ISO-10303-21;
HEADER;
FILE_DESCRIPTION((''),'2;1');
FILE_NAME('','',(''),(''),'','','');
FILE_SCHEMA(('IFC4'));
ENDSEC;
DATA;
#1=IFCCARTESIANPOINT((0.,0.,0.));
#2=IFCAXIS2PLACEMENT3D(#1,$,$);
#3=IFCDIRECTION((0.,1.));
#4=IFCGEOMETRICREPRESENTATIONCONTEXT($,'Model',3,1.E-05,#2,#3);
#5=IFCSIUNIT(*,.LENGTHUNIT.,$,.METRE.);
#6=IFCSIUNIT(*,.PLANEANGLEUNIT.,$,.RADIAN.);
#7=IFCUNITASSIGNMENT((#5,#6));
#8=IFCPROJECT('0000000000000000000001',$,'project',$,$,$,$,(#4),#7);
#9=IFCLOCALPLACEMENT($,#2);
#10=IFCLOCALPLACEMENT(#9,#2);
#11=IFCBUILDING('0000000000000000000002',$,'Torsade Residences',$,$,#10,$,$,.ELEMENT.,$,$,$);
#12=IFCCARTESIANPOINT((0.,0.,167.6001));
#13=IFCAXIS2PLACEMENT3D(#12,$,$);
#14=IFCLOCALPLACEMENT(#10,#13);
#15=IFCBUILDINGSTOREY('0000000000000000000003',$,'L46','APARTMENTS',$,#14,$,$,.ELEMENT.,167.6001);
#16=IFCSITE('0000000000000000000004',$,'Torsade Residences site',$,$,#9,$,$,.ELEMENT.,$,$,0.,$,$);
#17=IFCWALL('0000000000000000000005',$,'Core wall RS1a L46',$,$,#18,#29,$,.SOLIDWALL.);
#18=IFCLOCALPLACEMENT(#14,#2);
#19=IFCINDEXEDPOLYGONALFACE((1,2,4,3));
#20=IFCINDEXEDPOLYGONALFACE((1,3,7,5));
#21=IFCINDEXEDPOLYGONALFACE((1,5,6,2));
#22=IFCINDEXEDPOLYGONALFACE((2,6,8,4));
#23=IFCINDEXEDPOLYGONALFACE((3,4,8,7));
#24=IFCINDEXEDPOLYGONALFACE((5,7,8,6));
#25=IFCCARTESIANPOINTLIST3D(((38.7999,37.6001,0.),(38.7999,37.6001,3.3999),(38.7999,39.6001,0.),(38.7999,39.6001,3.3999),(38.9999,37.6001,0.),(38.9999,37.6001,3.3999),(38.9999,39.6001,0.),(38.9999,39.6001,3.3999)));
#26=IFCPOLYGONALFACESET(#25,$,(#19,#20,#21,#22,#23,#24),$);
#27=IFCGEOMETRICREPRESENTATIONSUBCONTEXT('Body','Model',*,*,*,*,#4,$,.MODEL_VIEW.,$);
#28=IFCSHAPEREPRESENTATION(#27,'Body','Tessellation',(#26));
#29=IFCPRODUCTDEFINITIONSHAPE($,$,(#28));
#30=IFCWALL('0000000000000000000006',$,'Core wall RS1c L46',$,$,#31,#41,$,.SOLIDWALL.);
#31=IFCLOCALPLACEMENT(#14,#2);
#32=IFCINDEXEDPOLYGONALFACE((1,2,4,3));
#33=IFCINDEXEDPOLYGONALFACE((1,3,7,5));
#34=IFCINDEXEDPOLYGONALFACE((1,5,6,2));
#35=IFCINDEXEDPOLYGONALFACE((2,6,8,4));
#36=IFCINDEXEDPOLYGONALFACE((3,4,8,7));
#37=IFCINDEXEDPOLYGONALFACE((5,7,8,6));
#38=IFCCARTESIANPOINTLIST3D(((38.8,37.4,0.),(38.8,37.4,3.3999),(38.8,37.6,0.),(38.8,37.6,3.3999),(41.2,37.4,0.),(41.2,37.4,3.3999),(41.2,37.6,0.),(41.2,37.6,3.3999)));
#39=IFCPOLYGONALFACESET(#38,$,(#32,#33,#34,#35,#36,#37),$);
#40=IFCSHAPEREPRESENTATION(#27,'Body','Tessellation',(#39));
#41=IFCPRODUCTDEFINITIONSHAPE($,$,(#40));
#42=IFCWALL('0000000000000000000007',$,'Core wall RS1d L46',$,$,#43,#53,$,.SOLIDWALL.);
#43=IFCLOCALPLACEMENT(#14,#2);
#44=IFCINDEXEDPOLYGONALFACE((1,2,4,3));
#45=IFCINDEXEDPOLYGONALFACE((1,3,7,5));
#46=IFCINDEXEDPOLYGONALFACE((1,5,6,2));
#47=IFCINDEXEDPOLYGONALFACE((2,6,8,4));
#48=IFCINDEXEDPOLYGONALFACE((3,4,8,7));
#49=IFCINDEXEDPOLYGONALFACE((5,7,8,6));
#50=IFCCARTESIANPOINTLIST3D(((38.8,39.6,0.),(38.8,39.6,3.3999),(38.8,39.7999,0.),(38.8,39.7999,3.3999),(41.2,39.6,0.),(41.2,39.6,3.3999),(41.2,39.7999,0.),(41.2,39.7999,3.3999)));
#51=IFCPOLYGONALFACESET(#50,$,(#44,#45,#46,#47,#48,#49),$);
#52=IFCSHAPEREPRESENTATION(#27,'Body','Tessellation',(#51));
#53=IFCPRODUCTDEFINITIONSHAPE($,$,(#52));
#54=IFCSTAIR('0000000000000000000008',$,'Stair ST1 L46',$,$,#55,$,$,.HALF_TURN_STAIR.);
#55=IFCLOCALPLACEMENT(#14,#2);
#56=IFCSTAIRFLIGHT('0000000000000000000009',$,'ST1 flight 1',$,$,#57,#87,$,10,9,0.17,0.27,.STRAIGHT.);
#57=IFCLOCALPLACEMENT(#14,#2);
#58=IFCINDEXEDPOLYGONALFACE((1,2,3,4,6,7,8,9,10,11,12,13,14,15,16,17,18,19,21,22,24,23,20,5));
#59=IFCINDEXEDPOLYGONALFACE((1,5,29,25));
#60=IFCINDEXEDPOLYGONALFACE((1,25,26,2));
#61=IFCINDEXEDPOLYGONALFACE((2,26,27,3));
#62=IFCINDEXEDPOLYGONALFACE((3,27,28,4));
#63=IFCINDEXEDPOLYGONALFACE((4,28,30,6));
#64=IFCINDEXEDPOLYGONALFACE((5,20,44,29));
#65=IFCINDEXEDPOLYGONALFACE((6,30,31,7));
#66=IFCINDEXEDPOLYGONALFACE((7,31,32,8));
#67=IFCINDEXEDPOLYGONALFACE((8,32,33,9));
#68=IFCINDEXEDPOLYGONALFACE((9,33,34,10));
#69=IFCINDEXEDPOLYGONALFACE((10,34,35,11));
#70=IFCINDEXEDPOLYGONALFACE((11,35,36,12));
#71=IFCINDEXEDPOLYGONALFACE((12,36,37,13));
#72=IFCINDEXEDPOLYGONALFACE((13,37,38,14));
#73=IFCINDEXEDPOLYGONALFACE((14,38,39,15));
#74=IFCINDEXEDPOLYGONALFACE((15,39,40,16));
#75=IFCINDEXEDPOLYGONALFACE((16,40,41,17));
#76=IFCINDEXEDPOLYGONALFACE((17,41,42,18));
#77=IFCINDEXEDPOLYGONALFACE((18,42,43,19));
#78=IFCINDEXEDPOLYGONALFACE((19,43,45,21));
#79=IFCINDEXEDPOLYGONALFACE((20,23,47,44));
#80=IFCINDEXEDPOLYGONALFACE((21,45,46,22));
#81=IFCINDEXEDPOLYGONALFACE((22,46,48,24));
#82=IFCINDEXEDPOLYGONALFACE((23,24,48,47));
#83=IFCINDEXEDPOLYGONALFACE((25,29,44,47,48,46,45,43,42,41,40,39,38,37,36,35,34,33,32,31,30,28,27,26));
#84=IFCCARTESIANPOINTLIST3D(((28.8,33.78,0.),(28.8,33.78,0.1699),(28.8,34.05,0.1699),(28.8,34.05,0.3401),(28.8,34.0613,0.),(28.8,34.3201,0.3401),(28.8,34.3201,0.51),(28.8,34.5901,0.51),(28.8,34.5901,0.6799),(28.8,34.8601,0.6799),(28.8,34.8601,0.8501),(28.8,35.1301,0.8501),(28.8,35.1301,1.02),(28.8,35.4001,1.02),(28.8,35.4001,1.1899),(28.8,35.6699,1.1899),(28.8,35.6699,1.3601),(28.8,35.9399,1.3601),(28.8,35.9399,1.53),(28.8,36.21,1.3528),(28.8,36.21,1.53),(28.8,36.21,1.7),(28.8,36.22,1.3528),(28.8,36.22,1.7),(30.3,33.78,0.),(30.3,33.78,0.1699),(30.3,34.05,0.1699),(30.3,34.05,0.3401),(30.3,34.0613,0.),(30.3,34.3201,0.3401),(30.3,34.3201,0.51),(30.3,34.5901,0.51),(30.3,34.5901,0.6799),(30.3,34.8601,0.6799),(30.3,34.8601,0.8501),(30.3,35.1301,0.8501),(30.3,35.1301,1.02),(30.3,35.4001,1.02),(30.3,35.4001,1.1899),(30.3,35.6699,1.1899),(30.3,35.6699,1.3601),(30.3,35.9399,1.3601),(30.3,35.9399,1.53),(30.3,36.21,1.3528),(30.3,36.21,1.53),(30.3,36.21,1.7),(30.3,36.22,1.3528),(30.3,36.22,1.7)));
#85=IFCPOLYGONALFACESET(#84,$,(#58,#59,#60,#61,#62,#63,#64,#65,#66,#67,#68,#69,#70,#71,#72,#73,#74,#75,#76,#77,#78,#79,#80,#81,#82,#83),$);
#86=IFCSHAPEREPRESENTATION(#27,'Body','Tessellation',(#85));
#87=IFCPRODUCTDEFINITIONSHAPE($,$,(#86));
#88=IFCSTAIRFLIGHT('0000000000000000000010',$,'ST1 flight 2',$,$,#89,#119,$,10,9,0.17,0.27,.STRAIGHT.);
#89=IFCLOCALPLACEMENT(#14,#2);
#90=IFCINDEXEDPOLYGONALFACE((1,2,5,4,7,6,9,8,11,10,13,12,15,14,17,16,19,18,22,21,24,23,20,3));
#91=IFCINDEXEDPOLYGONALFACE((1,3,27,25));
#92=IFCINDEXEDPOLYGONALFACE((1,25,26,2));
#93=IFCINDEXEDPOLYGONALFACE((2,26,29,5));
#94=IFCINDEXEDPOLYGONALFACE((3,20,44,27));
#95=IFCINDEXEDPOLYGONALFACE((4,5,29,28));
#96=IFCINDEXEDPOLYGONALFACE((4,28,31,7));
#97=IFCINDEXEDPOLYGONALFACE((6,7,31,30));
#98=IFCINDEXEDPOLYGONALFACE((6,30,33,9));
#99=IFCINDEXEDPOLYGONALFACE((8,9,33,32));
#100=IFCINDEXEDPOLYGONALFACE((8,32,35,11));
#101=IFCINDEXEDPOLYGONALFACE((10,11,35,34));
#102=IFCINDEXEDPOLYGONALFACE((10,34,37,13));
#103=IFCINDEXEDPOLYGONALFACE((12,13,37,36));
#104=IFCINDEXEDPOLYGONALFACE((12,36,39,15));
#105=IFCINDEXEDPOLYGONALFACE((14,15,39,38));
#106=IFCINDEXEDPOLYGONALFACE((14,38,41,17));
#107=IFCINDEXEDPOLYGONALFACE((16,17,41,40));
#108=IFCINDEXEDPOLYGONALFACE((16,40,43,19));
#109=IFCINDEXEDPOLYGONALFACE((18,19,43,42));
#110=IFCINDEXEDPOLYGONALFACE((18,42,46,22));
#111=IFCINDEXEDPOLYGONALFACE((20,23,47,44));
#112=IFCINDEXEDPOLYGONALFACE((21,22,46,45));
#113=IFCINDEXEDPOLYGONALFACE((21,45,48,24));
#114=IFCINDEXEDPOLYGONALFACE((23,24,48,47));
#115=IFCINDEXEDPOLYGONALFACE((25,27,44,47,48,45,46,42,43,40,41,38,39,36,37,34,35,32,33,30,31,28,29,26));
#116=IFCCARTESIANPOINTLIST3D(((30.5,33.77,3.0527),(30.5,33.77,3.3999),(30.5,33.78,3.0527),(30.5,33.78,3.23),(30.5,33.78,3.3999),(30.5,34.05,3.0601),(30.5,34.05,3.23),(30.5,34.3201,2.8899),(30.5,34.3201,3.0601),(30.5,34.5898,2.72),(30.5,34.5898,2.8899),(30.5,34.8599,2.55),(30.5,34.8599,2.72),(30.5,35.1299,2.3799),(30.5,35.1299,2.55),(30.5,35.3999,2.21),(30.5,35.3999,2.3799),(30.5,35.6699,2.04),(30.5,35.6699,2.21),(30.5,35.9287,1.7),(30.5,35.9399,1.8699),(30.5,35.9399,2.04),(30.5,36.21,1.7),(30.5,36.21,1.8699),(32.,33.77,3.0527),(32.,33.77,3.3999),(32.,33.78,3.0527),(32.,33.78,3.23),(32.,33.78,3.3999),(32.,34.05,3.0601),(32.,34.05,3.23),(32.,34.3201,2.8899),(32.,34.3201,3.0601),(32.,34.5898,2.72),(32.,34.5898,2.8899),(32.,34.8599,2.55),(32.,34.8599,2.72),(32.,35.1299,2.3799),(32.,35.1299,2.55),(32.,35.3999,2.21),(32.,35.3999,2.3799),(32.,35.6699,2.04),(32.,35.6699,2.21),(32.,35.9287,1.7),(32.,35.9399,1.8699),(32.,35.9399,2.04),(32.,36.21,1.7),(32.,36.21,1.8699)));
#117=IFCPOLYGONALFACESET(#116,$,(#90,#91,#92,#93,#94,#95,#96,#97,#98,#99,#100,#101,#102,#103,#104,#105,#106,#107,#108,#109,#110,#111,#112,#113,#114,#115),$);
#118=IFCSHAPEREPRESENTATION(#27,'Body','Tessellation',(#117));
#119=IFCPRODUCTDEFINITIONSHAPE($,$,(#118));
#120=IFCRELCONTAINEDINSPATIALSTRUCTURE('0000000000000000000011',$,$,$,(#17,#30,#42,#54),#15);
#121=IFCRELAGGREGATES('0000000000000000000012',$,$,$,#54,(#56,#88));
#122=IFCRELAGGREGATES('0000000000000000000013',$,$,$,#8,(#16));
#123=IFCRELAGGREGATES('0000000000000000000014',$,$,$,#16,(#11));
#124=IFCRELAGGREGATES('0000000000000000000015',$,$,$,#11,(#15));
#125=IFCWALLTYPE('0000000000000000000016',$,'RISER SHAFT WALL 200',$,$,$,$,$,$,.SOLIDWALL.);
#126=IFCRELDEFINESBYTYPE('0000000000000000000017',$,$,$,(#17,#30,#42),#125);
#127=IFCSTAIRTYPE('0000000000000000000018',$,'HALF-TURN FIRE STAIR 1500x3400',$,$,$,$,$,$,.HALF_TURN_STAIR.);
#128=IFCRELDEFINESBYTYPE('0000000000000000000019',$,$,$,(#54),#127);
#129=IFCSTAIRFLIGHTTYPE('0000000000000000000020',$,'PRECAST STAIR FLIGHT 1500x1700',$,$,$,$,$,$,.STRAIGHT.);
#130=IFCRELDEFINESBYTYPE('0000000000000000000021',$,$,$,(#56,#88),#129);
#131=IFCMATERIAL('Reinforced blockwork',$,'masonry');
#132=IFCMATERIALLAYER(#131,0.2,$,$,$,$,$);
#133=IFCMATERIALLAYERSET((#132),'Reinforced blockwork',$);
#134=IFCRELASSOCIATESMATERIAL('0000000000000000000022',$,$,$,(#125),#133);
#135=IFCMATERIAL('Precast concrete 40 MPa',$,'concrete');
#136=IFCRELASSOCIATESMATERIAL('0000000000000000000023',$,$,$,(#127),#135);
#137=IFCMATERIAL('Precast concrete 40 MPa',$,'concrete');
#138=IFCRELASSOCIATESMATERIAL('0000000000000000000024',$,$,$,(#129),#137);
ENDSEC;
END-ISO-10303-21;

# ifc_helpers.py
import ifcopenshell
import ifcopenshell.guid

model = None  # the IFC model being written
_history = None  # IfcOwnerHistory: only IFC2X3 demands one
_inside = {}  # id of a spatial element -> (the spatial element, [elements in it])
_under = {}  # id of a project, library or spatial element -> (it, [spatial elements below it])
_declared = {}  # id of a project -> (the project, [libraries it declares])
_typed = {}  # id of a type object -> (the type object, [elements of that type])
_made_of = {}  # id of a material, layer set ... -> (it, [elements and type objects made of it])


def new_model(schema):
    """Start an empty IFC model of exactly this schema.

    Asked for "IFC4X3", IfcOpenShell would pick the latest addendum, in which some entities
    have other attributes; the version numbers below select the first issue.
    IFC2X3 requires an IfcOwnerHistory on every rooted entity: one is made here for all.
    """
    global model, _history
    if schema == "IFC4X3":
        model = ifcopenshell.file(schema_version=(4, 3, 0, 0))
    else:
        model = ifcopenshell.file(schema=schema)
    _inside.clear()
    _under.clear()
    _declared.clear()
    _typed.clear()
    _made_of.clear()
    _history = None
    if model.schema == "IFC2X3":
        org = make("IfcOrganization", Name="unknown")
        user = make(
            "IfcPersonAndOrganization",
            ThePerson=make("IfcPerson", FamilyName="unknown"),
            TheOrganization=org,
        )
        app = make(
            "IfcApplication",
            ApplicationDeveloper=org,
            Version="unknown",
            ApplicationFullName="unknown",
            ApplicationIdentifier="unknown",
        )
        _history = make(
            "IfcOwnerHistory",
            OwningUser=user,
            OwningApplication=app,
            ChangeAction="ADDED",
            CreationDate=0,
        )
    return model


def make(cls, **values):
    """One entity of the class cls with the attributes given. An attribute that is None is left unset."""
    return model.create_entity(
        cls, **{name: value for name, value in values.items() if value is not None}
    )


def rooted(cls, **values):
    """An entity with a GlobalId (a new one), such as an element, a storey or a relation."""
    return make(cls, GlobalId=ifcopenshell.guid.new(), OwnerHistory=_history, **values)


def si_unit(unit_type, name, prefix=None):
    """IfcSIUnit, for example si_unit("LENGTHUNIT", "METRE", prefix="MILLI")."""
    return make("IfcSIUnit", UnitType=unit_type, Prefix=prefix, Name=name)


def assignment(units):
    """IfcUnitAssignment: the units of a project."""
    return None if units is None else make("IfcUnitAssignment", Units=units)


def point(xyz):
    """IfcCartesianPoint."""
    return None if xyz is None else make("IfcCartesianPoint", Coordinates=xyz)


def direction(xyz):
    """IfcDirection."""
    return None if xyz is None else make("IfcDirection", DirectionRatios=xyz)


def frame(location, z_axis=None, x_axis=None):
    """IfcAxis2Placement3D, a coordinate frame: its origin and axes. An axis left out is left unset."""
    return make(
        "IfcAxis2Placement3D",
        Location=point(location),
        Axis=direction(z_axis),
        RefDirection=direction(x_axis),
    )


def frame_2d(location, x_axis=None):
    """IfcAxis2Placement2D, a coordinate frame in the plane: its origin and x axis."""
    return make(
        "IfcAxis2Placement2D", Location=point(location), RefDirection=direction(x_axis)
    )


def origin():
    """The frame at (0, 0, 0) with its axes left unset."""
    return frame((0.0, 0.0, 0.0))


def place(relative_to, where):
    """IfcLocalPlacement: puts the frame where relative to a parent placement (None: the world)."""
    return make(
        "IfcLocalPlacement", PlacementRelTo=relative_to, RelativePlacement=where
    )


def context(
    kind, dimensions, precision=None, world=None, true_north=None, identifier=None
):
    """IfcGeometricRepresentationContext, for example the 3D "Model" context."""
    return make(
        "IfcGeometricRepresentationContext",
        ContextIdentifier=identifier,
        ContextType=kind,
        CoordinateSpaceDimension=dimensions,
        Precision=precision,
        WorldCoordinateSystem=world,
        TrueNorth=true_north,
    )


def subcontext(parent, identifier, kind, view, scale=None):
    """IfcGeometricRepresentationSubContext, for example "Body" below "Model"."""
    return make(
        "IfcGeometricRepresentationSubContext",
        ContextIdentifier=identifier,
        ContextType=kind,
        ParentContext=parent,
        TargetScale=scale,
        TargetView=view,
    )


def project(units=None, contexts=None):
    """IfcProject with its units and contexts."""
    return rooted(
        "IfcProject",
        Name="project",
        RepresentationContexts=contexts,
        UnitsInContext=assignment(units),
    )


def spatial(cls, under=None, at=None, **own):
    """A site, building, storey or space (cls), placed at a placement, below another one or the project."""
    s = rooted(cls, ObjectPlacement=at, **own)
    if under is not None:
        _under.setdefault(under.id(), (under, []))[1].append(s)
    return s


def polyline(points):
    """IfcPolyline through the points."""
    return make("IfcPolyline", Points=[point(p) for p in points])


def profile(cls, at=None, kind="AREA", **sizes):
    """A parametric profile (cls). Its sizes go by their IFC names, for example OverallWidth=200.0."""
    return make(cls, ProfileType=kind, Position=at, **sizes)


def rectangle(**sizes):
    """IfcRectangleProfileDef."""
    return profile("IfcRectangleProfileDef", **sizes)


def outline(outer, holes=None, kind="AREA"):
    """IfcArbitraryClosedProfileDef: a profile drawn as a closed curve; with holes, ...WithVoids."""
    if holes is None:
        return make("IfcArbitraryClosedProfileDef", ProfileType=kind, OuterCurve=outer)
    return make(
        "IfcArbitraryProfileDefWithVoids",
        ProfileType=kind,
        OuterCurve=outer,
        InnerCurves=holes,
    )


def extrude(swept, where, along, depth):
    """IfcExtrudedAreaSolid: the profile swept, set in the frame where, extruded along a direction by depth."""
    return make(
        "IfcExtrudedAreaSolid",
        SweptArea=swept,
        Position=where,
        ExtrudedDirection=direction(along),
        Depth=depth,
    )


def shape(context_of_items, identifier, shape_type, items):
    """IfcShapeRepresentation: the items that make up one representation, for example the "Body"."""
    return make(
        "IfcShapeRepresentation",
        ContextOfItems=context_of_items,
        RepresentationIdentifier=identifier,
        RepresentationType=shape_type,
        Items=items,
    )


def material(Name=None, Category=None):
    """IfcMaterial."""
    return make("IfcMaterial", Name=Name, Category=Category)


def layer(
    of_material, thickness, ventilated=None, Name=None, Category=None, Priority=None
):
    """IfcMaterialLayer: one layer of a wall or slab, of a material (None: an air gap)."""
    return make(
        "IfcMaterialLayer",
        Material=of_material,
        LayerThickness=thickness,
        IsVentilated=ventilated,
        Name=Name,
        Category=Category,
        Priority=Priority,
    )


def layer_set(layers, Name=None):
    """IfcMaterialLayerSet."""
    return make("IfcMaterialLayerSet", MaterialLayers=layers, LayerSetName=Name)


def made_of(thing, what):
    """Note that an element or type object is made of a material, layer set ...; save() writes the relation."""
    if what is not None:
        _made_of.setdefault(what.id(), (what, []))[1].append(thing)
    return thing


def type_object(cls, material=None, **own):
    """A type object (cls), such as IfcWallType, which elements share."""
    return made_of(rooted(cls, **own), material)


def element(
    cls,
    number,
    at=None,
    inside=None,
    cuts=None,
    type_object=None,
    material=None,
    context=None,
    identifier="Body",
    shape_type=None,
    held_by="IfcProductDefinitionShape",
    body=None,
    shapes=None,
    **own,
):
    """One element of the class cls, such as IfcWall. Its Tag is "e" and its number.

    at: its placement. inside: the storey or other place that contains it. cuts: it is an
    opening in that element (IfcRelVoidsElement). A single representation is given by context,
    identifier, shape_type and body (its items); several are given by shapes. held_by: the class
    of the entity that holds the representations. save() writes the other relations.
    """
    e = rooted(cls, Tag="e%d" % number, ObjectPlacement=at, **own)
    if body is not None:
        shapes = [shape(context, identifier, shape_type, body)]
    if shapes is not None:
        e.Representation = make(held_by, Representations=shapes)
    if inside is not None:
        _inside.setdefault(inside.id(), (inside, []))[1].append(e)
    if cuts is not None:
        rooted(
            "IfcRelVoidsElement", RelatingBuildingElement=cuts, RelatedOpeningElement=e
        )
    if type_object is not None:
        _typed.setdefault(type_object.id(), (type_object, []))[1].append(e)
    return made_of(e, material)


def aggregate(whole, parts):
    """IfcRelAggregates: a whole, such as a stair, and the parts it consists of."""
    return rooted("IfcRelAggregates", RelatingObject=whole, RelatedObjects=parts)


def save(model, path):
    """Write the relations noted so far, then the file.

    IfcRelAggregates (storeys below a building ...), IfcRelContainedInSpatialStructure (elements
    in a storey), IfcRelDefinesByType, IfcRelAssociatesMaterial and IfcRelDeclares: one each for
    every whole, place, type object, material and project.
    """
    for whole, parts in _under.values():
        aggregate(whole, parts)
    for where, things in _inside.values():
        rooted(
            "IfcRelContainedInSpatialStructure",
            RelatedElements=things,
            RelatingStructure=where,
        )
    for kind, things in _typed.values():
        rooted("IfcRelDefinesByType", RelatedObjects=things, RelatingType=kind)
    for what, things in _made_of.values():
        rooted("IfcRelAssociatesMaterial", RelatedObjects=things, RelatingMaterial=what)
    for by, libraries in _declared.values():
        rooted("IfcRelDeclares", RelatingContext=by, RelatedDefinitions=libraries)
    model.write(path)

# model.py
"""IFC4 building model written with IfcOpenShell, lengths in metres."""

from ifc_helpers import new_model, si_unit, direction, frame, frame_2d, origin, place, context, subcontext, project, spatial, polyline, rectangle, outline, extrude, material, layer, layer_set, type_object, element, aggregate, save


model = new_model("IFC4")

# Units and contexts
model_context = context("Model", 3, precision=1e-05, world=origin(), true_north=direction((0.0, 1.0)))
body_context = subcontext(model_context, "Body", "Model", "MODEL_VIEW")
ifc_project = project(units=[si_unit("LENGTHUNIT", "METRE"), si_unit("PLANEANGLEUNIT", "RADIAN")], contexts=[model_context])

# Site, building, storey
site_placement = place(None, origin())
site = spatial("IfcSite", under=ifc_project, at=site_placement, Name="Torsade Residences site", CompositionType="ELEMENT", RefElevation=0.0)
building_placement = place(site_placement, origin())
building = spatial("IfcBuilding", under=site, at=building_placement, Name="Torsade Residences", CompositionType="ELEMENT")
storey_placement = place(building_placement, frame((0.0, 0.0, 167.6001)))
storey = spatial("IfcBuildingStorey", under=building, at=storey_placement, Name="L46", Description="APARTMENTS", CompositionType="ELEMENT", Elevation=167.6001)

# Walls
ifc_material_1 = material(Name="Reinforced blockwork", Category="masonry")
ifc_layer_1 = layer(ifc_material_1, 0.2)
ifc_layer_set_1 = layer_set([ifc_layer_1], Name="Reinforced blockwork")
wall_type_1 = type_object("IfcWallType", Name="RISER SHAFT WALL 200", PredefinedType="SOLIDWALL", material=ifc_layer_set_1)
wall_1_placement = place(storey_placement, frame((38.8999, 37.6001, 0.0), z_axis=(0.0, 0.0, 1.0), x_axis=(0.0, 1.0, 0.0)))
element("IfcWall", 1, at=wall_1_placement, inside=storey, type_object=wall_type_1, Name="Core wall RS1a L46", PredefinedType="SOLIDWALL", context=body_context, shape_type="SweptSolid", body=[
    extrude(rectangle(XDim=2.0, YDim=0.2, at=frame_2d((1.0, 0.0))), origin(), (0.0, 0.0, 1.0), 3.3999),
])
for number, where, z_axis, x_axis, name in (
    (2, (38.8, 37.5, 0.0), (0.0, 0.0, 1.0), (1.0, 0.0, 0.0), "Core wall RS1c L46"),
    (3, (38.8, 39.7, 0.0), (0.0, 0.0, 1.0), (1.0, 0.0, 0.0), "Core wall RS1d L46"),
):
    element("IfcWall", number, at=place(storey_placement, frame(where, z_axis=z_axis, x_axis=x_axis)), inside=storey, type_object=wall_type_1, Name=name, PredefinedType="SOLIDWALL", context=body_context, shape_type="SweptSolid", body=[
        extrude(rectangle(XDim=2.3999, YDim=0.2, at=frame_2d((1.2, 0.0))), origin(), (0.0, 0.0, 1.0), 3.3999),
    ])

# Stair, stair flights
ifc_material_2 = material(Name="Precast concrete 40 MPa", Category="concrete")
stair_type = type_object("IfcStairType", Name="HALF-TURN FIRE STAIR 1500x3400", PredefinedType="HALF_TURN_STAIR", material=ifc_material_2)
stair_placement = place(storey_placement, origin())
stair = element("IfcStair", 4, at=stair_placement, inside=storey, type_object=stair_type, Name="Stair ST1 L46", PredefinedType="HALF_TURN_STAIR")
ifc_material_3 = material(Name="Precast concrete 40 MPa", Category="concrete")
stair_flight_type = type_object("IfcStairFlightType", Name="PRECAST STAIR FLIGHT 1500x1700", PredefinedType="STRAIGHT", material=ifc_material_3)
stair_flight_1_placement = place(storey_placement, frame((29.55, 33.78, 0.0), z_axis=(0.0, 0.0, 1.0), x_axis=(0.0, 1.0, 0.0)))
stair_flight_1 = element("IfcStairFlight", 5, at=stair_flight_1_placement, type_object=stair_flight_type, Name="ST1 flight 1", NumberOfRisers=10, NumberOfTreads=9, PredefinedType="STRAIGHT", RiserHeight=0.17, TreadLength=0.27, context=body_context, shape_type="SweptSolid", body=[
    extrude(outline(polyline([(0.0, 0.0), (0.0, 0.1699), (0.27, 0.1699), (0.27, 0.3401), (0.54, 0.3401), (0.54, 0.51), (0.8101, 0.51), (0.8101, 0.6799), (1.0801, 0.6799), (1.0801, 0.8501), (1.3501, 0.8501), (1.3501, 1.02), (1.6201, 1.02), (1.6201, 1.1899), (1.8899, 1.1899), (1.8899, 1.3601), (2.1599, 1.3601), (2.1599, 1.53), (2.4299, 1.53), (2.4299, 1.7), (2.4399, 1.7), (2.4399, 1.3528), (2.4299, 1.3528), (0.2812, 0.0), (0.0, 0.0)])), frame((0.0, 0.75, 0.0), z_axis=(0.0, -1.0, 0.0), x_axis=(1.0, 0.0, 0.0)), (0.0, 0.0, 1.0), 1.5),
])
stair_flight_2_placement = place(storey_placement, frame((31.25, 36.21, 1.7), z_axis=(0.0, 0.0, 1.0), x_axis=(0.0, -1.0, 0.0)))
stair_flight_2 = element("IfcStairFlight", 6, at=stair_flight_2_placement, type_object=stair_flight_type, Name="ST1 flight 2", NumberOfRisers=10, NumberOfTreads=9, PredefinedType="STRAIGHT", RiserHeight=0.17, TreadLength=0.27, context=body_context, shape_type="SweptSolid", body=[
    extrude(outline(polyline([(0.0, 0.0), (0.0, 0.1699), (0.27, 0.1699), (0.27, 0.3401), (0.54, 0.3401), (0.54, 0.51), (0.8101, 0.51), (0.8101, 0.6799), (1.0801, 0.6799), (1.0801, 0.8501), (1.3501, 0.8501), (1.3501, 1.02), (1.6201, 1.02), (1.6201, 1.1899), (1.8899, 1.1899), (1.8899, 1.3601), (2.1599, 1.3601), (2.1599, 1.53), (2.4299, 1.53), (2.4299, 1.7), (2.4399, 1.7), (2.4399, 1.3528), (2.4299, 1.3528), (0.2812, 0.0), (0.0, 0.0)])), frame((0.0, 0.75, 0.0), z_axis=(0.0, -1.0, 0.0), x_axis=(1.0, 0.0, 0.0)), (0.0, 0.0, 1.0), 1.5),
])
aggregate(stair, [stair_flight_1, stair_flight_2])

save(model, "model.ifc")
